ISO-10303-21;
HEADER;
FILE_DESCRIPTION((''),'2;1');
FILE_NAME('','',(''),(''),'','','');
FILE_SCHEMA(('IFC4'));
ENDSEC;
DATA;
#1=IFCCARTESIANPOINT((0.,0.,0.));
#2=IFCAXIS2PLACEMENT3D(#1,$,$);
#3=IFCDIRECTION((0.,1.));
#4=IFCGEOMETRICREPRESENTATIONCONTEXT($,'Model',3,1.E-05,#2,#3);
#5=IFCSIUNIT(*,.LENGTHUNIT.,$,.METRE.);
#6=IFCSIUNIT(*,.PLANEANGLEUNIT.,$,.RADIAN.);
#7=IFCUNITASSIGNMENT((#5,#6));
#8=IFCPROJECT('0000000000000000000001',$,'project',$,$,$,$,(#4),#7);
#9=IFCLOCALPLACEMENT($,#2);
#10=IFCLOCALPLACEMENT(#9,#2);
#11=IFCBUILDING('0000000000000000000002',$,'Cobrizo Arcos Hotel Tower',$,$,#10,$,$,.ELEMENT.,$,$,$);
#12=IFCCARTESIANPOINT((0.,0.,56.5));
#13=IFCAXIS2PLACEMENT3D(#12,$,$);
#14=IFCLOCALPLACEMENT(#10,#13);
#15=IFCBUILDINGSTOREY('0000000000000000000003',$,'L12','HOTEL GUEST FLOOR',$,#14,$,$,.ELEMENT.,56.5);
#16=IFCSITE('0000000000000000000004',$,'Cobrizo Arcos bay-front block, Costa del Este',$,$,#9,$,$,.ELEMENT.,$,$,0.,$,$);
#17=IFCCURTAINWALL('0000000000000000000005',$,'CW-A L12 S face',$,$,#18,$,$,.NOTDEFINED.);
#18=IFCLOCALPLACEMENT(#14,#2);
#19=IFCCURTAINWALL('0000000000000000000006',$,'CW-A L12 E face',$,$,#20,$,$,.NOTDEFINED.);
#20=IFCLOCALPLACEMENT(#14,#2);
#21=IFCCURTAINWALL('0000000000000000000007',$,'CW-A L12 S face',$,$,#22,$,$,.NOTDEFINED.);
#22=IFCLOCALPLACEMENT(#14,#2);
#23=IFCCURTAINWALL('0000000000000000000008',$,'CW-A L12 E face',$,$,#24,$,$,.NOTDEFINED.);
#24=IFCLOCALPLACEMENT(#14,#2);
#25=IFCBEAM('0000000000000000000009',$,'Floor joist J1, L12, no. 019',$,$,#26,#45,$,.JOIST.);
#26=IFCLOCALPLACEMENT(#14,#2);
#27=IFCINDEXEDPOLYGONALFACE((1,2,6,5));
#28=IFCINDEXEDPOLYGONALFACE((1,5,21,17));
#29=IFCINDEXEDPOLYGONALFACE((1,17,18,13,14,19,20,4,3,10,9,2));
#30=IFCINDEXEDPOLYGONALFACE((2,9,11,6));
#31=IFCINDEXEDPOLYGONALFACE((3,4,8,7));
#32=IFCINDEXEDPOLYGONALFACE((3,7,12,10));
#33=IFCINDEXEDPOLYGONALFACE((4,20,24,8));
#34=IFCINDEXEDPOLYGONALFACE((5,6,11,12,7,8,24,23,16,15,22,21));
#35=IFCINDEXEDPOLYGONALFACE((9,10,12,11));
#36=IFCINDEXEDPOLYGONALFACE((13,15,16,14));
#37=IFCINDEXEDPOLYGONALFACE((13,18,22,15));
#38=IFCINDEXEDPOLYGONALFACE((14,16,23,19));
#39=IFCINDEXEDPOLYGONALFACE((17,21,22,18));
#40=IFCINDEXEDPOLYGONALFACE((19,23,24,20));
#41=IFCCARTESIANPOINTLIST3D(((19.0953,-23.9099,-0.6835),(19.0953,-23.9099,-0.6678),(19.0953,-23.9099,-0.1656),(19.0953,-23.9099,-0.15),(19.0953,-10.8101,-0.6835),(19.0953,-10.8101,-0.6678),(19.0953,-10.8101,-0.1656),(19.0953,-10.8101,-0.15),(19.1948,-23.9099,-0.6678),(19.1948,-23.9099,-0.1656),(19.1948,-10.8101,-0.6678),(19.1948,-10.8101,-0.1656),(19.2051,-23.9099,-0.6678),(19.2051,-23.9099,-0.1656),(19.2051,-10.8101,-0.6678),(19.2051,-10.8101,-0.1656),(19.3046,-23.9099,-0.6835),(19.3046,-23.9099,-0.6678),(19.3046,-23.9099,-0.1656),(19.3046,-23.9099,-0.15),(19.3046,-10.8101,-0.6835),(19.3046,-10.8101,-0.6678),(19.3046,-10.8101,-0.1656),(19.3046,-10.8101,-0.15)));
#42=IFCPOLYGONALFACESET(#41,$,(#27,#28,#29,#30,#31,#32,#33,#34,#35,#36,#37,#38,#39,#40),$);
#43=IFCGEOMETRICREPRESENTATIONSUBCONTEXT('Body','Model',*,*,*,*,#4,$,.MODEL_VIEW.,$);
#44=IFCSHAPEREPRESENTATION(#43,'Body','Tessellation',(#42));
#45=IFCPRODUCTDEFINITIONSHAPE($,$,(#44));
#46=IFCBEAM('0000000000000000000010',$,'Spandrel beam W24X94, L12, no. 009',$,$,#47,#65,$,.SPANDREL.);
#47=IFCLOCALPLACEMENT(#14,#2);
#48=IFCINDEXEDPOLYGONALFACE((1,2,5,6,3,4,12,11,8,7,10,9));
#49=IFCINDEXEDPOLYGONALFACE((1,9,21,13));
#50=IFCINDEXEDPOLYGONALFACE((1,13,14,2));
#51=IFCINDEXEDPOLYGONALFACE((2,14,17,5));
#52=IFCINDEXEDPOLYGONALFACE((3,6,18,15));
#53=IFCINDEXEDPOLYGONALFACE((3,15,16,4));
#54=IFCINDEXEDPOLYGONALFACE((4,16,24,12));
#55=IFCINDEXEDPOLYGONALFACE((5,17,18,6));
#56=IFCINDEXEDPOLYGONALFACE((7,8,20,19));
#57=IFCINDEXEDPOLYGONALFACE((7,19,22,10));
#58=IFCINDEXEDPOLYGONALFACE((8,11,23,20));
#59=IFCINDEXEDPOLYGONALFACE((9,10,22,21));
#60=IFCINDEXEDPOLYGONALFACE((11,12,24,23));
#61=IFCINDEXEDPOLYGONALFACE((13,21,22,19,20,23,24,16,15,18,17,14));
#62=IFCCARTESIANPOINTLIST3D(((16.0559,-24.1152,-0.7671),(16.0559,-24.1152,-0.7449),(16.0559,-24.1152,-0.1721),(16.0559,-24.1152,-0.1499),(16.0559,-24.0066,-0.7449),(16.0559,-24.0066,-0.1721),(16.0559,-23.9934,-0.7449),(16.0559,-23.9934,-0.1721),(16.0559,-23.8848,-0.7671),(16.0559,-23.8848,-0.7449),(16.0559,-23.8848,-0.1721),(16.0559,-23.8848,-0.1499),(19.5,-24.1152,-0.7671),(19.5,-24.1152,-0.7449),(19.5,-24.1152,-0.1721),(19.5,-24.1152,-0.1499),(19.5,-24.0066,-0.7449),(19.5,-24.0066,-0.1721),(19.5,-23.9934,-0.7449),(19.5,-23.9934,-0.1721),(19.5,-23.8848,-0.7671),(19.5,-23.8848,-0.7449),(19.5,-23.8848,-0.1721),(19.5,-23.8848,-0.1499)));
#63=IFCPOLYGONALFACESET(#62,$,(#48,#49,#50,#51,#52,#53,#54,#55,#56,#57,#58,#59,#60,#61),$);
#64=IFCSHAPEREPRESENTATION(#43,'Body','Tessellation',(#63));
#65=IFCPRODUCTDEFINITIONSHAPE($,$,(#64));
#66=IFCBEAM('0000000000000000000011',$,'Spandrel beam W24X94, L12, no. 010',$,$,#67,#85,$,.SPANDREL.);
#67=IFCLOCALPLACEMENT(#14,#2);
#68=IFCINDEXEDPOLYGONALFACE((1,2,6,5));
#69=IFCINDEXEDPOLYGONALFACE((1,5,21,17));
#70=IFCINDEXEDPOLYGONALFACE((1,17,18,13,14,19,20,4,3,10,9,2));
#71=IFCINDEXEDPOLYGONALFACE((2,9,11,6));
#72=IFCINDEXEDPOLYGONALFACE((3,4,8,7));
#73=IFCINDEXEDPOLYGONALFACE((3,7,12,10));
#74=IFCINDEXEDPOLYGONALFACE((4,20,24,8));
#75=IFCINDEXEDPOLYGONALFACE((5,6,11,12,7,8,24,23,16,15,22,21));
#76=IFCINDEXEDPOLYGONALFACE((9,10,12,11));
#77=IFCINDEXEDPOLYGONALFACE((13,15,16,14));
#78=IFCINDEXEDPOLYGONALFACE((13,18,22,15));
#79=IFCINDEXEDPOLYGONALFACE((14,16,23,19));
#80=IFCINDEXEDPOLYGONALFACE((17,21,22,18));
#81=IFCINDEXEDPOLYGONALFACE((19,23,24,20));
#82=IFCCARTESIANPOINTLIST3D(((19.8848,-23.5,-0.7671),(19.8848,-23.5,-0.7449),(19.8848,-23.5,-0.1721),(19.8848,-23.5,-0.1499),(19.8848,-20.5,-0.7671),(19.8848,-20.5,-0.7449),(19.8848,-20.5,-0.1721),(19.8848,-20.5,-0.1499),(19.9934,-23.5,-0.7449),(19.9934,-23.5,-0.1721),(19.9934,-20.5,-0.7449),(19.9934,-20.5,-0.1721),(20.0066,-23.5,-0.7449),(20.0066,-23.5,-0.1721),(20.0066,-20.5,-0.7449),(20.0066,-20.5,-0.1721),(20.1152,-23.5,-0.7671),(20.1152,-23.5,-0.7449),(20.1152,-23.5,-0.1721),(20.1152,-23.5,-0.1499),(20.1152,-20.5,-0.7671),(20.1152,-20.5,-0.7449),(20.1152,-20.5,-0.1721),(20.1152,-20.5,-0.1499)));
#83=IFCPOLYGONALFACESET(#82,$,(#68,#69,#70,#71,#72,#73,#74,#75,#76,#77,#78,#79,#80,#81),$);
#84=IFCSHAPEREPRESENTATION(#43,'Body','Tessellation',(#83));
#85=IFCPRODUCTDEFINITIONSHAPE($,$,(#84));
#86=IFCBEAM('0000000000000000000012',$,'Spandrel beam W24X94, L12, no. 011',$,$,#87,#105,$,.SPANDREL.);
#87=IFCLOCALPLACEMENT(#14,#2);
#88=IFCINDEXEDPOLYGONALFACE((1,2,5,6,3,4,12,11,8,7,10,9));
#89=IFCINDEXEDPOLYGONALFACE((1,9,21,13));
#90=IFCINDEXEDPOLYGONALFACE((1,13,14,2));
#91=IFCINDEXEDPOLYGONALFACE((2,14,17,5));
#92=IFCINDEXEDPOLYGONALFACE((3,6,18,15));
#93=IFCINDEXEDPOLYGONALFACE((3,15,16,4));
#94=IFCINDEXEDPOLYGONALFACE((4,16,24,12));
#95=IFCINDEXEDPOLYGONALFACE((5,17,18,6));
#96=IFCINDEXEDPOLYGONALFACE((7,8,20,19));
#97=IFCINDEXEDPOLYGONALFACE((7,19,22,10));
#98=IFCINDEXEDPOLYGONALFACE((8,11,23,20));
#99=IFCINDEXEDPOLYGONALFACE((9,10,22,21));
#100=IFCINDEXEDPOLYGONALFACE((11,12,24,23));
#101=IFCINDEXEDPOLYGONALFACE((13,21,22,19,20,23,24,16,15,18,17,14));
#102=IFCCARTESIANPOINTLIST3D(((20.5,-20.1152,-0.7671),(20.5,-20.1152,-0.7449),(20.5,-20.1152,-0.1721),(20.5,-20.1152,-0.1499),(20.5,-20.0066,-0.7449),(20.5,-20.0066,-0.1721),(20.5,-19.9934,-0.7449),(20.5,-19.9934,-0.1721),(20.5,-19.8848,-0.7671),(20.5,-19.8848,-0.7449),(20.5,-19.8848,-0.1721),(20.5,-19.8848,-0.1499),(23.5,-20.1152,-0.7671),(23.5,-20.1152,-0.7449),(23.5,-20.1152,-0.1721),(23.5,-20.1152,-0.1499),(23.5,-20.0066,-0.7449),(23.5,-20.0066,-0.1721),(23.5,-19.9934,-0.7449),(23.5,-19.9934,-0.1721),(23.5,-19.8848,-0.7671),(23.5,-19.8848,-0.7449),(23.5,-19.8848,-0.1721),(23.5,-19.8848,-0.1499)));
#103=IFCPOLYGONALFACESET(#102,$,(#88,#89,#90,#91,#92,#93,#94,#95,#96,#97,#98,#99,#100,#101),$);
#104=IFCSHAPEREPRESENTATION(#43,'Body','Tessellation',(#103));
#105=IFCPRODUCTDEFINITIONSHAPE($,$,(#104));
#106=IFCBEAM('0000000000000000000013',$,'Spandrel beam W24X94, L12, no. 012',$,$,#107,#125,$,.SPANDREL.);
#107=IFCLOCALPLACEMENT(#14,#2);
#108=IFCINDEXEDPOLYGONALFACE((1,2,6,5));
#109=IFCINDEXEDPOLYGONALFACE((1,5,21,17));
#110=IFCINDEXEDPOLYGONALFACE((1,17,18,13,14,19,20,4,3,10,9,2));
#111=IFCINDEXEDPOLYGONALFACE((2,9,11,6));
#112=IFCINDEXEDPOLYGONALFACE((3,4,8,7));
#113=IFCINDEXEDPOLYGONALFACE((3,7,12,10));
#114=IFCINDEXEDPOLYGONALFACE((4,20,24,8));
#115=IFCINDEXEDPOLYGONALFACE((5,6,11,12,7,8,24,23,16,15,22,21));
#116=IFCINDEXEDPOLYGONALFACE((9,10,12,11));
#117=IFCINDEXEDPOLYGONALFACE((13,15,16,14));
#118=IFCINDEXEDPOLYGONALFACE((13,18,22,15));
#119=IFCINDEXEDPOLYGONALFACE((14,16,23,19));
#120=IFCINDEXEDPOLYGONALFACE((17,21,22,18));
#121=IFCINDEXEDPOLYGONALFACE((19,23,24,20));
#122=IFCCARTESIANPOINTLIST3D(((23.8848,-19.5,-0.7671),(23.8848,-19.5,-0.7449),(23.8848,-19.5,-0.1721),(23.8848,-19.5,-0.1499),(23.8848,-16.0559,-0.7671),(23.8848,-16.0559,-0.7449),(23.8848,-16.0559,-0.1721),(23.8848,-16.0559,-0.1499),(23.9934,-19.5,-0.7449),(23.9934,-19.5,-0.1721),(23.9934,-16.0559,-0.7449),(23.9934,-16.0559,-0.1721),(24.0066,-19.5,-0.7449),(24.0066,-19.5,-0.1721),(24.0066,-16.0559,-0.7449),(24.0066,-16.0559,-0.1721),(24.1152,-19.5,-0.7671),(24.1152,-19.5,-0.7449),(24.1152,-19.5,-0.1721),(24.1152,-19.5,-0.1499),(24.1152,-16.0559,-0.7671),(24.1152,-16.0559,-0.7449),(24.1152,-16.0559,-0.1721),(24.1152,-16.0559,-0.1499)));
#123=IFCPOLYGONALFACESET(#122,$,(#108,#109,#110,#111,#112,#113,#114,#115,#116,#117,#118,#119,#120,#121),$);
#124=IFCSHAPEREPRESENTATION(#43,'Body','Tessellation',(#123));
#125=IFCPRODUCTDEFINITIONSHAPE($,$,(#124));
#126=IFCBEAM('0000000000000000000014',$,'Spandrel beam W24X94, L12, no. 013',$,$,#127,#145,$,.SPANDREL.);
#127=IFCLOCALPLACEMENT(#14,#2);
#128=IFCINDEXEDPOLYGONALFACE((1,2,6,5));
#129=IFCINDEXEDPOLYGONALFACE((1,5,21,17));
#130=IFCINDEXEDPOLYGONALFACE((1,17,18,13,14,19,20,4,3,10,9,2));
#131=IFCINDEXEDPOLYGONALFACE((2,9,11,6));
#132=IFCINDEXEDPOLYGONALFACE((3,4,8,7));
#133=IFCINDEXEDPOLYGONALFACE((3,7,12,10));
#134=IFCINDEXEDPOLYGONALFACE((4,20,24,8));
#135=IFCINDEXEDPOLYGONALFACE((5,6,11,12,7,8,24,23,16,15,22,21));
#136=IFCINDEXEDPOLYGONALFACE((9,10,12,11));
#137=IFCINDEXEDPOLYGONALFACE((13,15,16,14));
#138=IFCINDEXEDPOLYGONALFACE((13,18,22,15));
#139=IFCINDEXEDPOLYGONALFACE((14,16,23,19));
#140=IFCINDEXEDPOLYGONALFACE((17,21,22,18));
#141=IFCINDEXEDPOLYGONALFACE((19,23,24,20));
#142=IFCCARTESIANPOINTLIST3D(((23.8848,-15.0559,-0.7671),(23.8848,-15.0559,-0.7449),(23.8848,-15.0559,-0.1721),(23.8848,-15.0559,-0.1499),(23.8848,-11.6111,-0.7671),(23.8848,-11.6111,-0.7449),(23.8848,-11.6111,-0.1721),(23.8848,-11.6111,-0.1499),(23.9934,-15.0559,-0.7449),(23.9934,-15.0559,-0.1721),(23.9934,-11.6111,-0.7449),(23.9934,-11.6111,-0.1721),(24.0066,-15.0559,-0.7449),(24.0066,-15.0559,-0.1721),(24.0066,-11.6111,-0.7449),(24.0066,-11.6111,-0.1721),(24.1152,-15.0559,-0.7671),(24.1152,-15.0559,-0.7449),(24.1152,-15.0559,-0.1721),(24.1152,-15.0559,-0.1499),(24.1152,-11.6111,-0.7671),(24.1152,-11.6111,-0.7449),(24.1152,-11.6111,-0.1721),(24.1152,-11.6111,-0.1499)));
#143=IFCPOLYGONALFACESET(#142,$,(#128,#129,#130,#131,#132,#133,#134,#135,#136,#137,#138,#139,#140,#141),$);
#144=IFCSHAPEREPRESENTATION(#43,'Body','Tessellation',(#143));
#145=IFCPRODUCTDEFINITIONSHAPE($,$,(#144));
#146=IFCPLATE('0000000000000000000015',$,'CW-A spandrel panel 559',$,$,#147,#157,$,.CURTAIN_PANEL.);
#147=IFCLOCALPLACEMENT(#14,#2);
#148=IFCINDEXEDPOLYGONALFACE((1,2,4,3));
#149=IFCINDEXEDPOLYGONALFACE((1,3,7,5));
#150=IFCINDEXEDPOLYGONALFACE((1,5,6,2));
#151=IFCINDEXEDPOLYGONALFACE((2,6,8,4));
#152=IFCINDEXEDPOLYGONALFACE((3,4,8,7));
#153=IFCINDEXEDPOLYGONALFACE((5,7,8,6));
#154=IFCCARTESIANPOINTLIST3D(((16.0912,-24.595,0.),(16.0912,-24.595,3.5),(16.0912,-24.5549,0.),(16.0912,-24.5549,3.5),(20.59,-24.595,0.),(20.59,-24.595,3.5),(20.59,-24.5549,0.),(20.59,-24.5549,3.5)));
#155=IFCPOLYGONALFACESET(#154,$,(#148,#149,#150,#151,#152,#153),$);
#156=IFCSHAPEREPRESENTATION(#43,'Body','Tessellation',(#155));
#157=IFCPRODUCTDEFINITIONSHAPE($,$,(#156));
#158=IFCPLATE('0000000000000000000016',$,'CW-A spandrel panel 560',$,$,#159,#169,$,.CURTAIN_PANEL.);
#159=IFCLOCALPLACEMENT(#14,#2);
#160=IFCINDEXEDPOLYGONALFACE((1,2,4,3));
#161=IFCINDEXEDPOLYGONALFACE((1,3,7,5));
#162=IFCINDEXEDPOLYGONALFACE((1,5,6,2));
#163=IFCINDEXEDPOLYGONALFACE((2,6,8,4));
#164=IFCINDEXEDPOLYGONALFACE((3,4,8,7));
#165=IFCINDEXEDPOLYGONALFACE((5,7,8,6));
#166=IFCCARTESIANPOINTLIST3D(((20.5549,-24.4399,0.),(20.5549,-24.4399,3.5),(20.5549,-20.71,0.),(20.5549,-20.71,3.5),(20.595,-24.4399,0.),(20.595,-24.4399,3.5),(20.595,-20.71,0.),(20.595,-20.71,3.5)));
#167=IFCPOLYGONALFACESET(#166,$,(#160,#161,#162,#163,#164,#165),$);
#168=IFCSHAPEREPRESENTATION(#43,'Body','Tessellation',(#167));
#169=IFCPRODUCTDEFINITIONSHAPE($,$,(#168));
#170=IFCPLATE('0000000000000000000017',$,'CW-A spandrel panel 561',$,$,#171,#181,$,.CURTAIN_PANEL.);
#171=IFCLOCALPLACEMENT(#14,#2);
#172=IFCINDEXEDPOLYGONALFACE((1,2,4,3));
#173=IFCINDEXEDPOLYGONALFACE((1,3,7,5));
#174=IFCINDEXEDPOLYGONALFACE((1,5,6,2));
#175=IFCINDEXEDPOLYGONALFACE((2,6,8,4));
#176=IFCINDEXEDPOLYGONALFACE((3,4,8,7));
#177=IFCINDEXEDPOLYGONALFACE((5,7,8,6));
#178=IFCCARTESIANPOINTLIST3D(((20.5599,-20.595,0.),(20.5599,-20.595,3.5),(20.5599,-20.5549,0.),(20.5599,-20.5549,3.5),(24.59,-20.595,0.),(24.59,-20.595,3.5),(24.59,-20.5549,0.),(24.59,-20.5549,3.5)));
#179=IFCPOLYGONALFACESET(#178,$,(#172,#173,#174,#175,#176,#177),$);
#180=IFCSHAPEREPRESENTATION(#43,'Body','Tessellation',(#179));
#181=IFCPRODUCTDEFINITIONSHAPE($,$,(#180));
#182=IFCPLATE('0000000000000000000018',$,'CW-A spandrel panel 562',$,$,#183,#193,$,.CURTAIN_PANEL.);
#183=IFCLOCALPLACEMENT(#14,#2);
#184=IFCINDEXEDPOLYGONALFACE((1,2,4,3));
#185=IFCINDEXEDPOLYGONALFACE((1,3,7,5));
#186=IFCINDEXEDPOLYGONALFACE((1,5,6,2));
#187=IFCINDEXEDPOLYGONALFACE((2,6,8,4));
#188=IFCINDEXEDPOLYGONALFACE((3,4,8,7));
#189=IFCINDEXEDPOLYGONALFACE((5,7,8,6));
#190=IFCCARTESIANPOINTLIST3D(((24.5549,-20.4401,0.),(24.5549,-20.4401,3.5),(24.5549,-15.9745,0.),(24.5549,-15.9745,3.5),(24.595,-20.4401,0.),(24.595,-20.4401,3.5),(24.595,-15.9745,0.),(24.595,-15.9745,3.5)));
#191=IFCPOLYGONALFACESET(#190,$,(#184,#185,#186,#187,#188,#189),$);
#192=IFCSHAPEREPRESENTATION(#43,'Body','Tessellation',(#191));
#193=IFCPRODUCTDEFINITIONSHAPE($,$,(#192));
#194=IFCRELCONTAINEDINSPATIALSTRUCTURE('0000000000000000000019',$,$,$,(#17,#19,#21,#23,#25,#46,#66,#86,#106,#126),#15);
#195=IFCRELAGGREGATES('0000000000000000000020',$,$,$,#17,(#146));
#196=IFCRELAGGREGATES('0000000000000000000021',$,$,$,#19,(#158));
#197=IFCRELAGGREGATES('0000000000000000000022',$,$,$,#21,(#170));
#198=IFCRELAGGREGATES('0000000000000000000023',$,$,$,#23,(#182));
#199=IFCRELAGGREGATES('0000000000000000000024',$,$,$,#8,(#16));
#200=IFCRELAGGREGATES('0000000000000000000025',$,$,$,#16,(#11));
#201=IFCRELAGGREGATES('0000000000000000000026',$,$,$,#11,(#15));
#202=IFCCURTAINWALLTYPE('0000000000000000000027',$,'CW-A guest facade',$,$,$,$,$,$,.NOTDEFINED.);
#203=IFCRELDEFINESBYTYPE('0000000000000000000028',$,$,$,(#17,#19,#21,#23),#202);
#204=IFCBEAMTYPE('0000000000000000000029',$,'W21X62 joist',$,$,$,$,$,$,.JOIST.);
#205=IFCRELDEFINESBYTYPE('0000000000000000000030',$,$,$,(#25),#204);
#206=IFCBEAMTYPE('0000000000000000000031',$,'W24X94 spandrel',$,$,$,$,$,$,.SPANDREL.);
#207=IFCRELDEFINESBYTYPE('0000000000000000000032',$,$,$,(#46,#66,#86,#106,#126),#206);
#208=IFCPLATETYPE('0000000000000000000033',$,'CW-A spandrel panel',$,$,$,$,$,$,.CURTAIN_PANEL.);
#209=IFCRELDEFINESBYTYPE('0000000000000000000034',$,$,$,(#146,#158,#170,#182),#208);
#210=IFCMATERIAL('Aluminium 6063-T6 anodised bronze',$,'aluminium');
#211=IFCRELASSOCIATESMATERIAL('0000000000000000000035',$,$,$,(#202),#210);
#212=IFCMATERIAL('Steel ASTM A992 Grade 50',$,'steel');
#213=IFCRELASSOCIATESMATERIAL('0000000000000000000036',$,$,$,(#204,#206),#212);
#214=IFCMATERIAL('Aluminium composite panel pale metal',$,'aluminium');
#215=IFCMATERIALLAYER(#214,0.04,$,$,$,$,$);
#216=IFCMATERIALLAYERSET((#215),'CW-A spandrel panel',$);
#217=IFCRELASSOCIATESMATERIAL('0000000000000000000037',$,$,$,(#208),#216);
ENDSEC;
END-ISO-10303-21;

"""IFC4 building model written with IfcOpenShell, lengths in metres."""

from ifc_helpers import new_model, si_unit, direction, frame, origin, origin_2d, place, context, subcontext, project, spatial, rectangle, i_section, extrude, material, layer, layer_set, material_profile, profile_set, type_object, element, aggregate, save


model = new_model("IFC4")

# Units and contexts
model_context = context("Model", 3, precision=1e-05, world=origin(), true_north=direction((0.0, 1.0)))
body_context = subcontext(model_context, "Body", "Model", "MODEL_VIEW")
ifc_project = project(units=[si_unit("LENGTHUNIT", "METRE"), si_unit("PLANEANGLEUNIT", "RADIAN")], contexts=[model_context])

# Site, building, storey
site_placement = place(None, origin())
site = spatial("IfcSite", under=ifc_project, at=site_placement, Name="Cobrizo Arcos bay-front block, Costa del Este", CompositionType="ELEMENT", RefElevation=0.0)
building_placement = place(site_placement, origin())
building = spatial("IfcBuilding", under=site, at=building_placement, Name="Cobrizo Arcos Hotel Tower", CompositionType="ELEMENT")
storey_placement = place(building_placement, frame((0.0, 0.0, 56.5)))
storey = spatial("IfcBuildingStorey", under=building, at=storey_placement, Name="L12", Description="HOTEL GUEST FLOOR", CompositionType="ELEMENT", Elevation=56.5)

# Curtain walls
ifc_material_1 = material(Name="Aluminium 6063-T6 anodised bronze", Category="aluminium")
curtain_wall_type = type_object("IfcCurtainWallType", Name="CW-A guest facade", PredefinedType="NOTDEFINED", material=ifc_material_1)
curtain_wall_1_placement = place(storey_placement, origin())
curtain_wall_1 = element("IfcCurtainWall", 1, at=curtain_wall_1_placement, inside=storey, type_object=curtain_wall_type, Name="CW-A L12 S face", PredefinedType="NOTDEFINED")
curtain_wall_2_placement = place(storey_placement, origin())
curtain_wall_2 = element("IfcCurtainWall", 2, at=curtain_wall_2_placement, inside=storey, type_object=curtain_wall_type, Name="CW-A L12 E face", PredefinedType="NOTDEFINED")
curtain_wall_3_placement = place(storey_placement, origin())
curtain_wall_3 = element("IfcCurtainWall", 3, at=curtain_wall_3_placement, inside=storey, type_object=curtain_wall_type, Name="CW-A L12 S face", PredefinedType="NOTDEFINED")
curtain_wall_4_placement = place(storey_placement, origin())
curtain_wall_4 = element("IfcCurtainWall", 4, at=curtain_wall_4_placement, inside=storey, type_object=curtain_wall_type, Name="CW-A L12 E face", PredefinedType="NOTDEFINED")

# Beams
ifc_material_2 = material(Name="Steel ASTM A992 Grade 50", Category="steel")
ifc_material_profile_1 = material_profile(ifc_material_2, i_section(OverallWidth=0.2092, OverallDepth=0.5334, WebThickness=0.0103, FlangeThickness=0.0156, at=origin_2d()), Name="W21X62")
ifc_profile_set_1 = profile_set([ifc_material_profile_1], Name="Steel ASTM A992 Grade 50")
beam_type_1 = type_object("IfcBeamType", Name="W21X62 joist", PredefinedType="JOIST", material=ifc_profile_set_1)
beam_1_placement = place(storey_placement, frame((19.2, -23.9099, -0.4167), z_axis=(0.0, 1.0, 0.0), x_axis=(-1.0, 0.0, 0.0)))
element("IfcBeam", 5, at=beam_1_placement, inside=storey, type_object=beam_type_1, Name="Floor joist J1, L12, no. 019", PredefinedType="JOIST", context=body_context, shape_type="SweptSolid", body=[
    extrude(i_section(OverallWidth=0.2092, OverallDepth=0.5334, WebThickness=0.0103, FlangeThickness=0.0156, at=origin_2d()), origin(), (0.0, 0.0, 1.0), 13.0999),
])
ifc_material_profile_2 = material_profile(ifc_material_2, i_section(OverallWidth=0.2305, OverallDepth=0.6172, WebThickness=0.0132, FlangeThickness=0.0222, at=origin_2d()), Name="W24X94")
ifc_profile_set_2 = profile_set([ifc_material_profile_2], Name="Steel ASTM A992 Grade 50")
beam_type_2 = type_object("IfcBeamType", Name="W24X94 spandrel", PredefinedType="SPANDREL", material=ifc_profile_set_2)
beam_2_placement = place(storey_placement, frame((16.0559, -24.0, -0.4585), z_axis=(1.0, 0.0, 0.0), x_axis=(0.0, 1.0, 0.0)))
element("IfcBeam", 6, at=beam_2_placement, inside=storey, type_object=beam_type_2, Name="Spandrel beam W24X94, L12, no. 009", PredefinedType="SPANDREL", context=body_context, shape_type="SweptSolid", body=[
    extrude(i_section(OverallWidth=0.2305, OverallDepth=0.6172, WebThickness=0.0132, FlangeThickness=0.0222, at=origin_2d()), origin(), (0.0, 0.0, 1.0), 3.4441),
])
for number, where, z_axis, x_axis, name in (
    (7, (20.0, -23.5, -0.4585), (0.0, 1.0, 0.0), (-1.0, 0.0, 0.0), "Spandrel beam W24X94, L12, no. 010"),
    (8, (20.5, -20.0, -0.4585), (1.0, 0.0, 0.0), (0.0, 1.0, 0.0), "Spandrel beam W24X94, L12, no. 011"),
):
    element("IfcBeam", number, at=place(storey_placement, frame(where, z_axis=z_axis, x_axis=x_axis)), inside=storey, type_object=beam_type_2, Name=name, PredefinedType="SPANDREL", context=body_context, shape_type="SweptSolid", body=[
        extrude(i_section(OverallWidth=0.2305, OverallDepth=0.6172, WebThickness=0.0132, FlangeThickness=0.0222, at=origin_2d()), origin(), (0.0, 0.0, 1.0), 3.0),
    ])
beam_3_placement = place(storey_placement, frame((24.0, -19.5, -0.4585), z_axis=(0.0, 1.0, 0.0), x_axis=(-1.0, 0.0, 0.0)))
element("IfcBeam", 9, at=beam_3_placement, inside=storey, type_object=beam_type_2, Name="Spandrel beam W24X94, L12, no. 012", PredefinedType="SPANDREL", context=body_context, shape_type="SweptSolid", body=[
    extrude(i_section(OverallWidth=0.2305, OverallDepth=0.6172, WebThickness=0.0132, FlangeThickness=0.0222, at=origin_2d()), origin(), (0.0, 0.0, 1.0), 3.4441),
])
beam_4_placement = place(storey_placement, frame((24.0, -15.0559, -0.4585), z_axis=(0.0, 1.0, 0.0), x_axis=(-1.0, 0.0, 0.0)))
element("IfcBeam", 10, at=beam_4_placement, inside=storey, type_object=beam_type_2, Name="Spandrel beam W24X94, L12, no. 013", PredefinedType="SPANDREL", context=body_context, shape_type="SweptSolid", body=[
    extrude(i_section(OverallWidth=0.2305, OverallDepth=0.6172, WebThickness=0.0132, FlangeThickness=0.0222, at=origin_2d()), origin(), (0.0, 0.0, 1.0), 3.4448),
])

# Plates
ifc_material_3 = material(Name="Aluminium composite panel pale metal", Category="aluminium")
ifc_layer_1 = layer(ifc_material_3, 0.04)
ifc_layer_set_1 = layer_set([ifc_layer_1], Name="CW-A spandrel panel")
plate_type = type_object("IfcPlateType", Name="CW-A spandrel panel", PredefinedType="CURTAIN_PANEL", material=ifc_layer_set_1)
plate_1_placement = place(storey_placement, frame((18.3406, -24.575, 0.0), z_axis=(0.0, 0.0, 1.0), x_axis=(1.0, 0.0, 0.0)))
plate_1 = element("IfcPlate", 11, at=plate_1_placement, type_object=plate_type, Name="CW-A spandrel panel 559", PredefinedType="CURTAIN_PANEL", context=body_context, shape_type="SweptSolid", body=[
    extrude(rectangle(XDim=4.4988, YDim=0.04, at=origin_2d()), origin(), (0.0, 0.0, 1.0), 3.5),
])
aggregate(curtain_wall_1, [plate_1])
plate_2_placement = place(storey_placement, frame((20.575, -22.575, 0.0), z_axis=(0.0, 0.0, 1.0), x_axis=(0.0, 1.0, 0.0)))
plate_2 = element("IfcPlate", 12, at=plate_2_placement, type_object=plate_type, Name="CW-A spandrel panel 560", PredefinedType="CURTAIN_PANEL", context=body_context, shape_type="SweptSolid", body=[
    extrude(rectangle(XDim=3.73, YDim=0.04, at=origin_2d()), origin(), (0.0, 0.0, 1.0), 3.5),
])
aggregate(curtain_wall_2, [plate_2])
plate_3_placement = place(storey_placement, frame((22.575, -20.575, 0.0), z_axis=(0.0, 0.0, 1.0), x_axis=(1.0, 0.0, 0.0)))
plate_3 = element("IfcPlate", 13, at=plate_3_placement, type_object=plate_type, Name="CW-A spandrel panel 561", PredefinedType="CURTAIN_PANEL", context=body_context, shape_type="SweptSolid", body=[
    extrude(rectangle(XDim=4.03, YDim=0.04, at=origin_2d()), origin(), (0.0, 0.0, 1.0), 3.5),
])
aggregate(curtain_wall_3, [plate_3])
plate_4_placement = place(storey_placement, frame((24.575, -18.2073, 0.0), z_axis=(0.0, 0.0, 1.0), x_axis=(0.0, 1.0, 0.0)))
plate_4 = element("IfcPlate", 14, at=plate_4_placement, type_object=plate_type, Name="CW-A spandrel panel 562", PredefinedType="CURTAIN_PANEL", context=body_context, shape_type="SweptSolid", body=[
    extrude(rectangle(XDim=4.4656, YDim=0.04, at=origin_2d()), origin(), (0.0, 0.0, 1.0), 3.5),
])
aggregate(curtain_wall_4, [plate_4])

save(model, "model.ifc")
